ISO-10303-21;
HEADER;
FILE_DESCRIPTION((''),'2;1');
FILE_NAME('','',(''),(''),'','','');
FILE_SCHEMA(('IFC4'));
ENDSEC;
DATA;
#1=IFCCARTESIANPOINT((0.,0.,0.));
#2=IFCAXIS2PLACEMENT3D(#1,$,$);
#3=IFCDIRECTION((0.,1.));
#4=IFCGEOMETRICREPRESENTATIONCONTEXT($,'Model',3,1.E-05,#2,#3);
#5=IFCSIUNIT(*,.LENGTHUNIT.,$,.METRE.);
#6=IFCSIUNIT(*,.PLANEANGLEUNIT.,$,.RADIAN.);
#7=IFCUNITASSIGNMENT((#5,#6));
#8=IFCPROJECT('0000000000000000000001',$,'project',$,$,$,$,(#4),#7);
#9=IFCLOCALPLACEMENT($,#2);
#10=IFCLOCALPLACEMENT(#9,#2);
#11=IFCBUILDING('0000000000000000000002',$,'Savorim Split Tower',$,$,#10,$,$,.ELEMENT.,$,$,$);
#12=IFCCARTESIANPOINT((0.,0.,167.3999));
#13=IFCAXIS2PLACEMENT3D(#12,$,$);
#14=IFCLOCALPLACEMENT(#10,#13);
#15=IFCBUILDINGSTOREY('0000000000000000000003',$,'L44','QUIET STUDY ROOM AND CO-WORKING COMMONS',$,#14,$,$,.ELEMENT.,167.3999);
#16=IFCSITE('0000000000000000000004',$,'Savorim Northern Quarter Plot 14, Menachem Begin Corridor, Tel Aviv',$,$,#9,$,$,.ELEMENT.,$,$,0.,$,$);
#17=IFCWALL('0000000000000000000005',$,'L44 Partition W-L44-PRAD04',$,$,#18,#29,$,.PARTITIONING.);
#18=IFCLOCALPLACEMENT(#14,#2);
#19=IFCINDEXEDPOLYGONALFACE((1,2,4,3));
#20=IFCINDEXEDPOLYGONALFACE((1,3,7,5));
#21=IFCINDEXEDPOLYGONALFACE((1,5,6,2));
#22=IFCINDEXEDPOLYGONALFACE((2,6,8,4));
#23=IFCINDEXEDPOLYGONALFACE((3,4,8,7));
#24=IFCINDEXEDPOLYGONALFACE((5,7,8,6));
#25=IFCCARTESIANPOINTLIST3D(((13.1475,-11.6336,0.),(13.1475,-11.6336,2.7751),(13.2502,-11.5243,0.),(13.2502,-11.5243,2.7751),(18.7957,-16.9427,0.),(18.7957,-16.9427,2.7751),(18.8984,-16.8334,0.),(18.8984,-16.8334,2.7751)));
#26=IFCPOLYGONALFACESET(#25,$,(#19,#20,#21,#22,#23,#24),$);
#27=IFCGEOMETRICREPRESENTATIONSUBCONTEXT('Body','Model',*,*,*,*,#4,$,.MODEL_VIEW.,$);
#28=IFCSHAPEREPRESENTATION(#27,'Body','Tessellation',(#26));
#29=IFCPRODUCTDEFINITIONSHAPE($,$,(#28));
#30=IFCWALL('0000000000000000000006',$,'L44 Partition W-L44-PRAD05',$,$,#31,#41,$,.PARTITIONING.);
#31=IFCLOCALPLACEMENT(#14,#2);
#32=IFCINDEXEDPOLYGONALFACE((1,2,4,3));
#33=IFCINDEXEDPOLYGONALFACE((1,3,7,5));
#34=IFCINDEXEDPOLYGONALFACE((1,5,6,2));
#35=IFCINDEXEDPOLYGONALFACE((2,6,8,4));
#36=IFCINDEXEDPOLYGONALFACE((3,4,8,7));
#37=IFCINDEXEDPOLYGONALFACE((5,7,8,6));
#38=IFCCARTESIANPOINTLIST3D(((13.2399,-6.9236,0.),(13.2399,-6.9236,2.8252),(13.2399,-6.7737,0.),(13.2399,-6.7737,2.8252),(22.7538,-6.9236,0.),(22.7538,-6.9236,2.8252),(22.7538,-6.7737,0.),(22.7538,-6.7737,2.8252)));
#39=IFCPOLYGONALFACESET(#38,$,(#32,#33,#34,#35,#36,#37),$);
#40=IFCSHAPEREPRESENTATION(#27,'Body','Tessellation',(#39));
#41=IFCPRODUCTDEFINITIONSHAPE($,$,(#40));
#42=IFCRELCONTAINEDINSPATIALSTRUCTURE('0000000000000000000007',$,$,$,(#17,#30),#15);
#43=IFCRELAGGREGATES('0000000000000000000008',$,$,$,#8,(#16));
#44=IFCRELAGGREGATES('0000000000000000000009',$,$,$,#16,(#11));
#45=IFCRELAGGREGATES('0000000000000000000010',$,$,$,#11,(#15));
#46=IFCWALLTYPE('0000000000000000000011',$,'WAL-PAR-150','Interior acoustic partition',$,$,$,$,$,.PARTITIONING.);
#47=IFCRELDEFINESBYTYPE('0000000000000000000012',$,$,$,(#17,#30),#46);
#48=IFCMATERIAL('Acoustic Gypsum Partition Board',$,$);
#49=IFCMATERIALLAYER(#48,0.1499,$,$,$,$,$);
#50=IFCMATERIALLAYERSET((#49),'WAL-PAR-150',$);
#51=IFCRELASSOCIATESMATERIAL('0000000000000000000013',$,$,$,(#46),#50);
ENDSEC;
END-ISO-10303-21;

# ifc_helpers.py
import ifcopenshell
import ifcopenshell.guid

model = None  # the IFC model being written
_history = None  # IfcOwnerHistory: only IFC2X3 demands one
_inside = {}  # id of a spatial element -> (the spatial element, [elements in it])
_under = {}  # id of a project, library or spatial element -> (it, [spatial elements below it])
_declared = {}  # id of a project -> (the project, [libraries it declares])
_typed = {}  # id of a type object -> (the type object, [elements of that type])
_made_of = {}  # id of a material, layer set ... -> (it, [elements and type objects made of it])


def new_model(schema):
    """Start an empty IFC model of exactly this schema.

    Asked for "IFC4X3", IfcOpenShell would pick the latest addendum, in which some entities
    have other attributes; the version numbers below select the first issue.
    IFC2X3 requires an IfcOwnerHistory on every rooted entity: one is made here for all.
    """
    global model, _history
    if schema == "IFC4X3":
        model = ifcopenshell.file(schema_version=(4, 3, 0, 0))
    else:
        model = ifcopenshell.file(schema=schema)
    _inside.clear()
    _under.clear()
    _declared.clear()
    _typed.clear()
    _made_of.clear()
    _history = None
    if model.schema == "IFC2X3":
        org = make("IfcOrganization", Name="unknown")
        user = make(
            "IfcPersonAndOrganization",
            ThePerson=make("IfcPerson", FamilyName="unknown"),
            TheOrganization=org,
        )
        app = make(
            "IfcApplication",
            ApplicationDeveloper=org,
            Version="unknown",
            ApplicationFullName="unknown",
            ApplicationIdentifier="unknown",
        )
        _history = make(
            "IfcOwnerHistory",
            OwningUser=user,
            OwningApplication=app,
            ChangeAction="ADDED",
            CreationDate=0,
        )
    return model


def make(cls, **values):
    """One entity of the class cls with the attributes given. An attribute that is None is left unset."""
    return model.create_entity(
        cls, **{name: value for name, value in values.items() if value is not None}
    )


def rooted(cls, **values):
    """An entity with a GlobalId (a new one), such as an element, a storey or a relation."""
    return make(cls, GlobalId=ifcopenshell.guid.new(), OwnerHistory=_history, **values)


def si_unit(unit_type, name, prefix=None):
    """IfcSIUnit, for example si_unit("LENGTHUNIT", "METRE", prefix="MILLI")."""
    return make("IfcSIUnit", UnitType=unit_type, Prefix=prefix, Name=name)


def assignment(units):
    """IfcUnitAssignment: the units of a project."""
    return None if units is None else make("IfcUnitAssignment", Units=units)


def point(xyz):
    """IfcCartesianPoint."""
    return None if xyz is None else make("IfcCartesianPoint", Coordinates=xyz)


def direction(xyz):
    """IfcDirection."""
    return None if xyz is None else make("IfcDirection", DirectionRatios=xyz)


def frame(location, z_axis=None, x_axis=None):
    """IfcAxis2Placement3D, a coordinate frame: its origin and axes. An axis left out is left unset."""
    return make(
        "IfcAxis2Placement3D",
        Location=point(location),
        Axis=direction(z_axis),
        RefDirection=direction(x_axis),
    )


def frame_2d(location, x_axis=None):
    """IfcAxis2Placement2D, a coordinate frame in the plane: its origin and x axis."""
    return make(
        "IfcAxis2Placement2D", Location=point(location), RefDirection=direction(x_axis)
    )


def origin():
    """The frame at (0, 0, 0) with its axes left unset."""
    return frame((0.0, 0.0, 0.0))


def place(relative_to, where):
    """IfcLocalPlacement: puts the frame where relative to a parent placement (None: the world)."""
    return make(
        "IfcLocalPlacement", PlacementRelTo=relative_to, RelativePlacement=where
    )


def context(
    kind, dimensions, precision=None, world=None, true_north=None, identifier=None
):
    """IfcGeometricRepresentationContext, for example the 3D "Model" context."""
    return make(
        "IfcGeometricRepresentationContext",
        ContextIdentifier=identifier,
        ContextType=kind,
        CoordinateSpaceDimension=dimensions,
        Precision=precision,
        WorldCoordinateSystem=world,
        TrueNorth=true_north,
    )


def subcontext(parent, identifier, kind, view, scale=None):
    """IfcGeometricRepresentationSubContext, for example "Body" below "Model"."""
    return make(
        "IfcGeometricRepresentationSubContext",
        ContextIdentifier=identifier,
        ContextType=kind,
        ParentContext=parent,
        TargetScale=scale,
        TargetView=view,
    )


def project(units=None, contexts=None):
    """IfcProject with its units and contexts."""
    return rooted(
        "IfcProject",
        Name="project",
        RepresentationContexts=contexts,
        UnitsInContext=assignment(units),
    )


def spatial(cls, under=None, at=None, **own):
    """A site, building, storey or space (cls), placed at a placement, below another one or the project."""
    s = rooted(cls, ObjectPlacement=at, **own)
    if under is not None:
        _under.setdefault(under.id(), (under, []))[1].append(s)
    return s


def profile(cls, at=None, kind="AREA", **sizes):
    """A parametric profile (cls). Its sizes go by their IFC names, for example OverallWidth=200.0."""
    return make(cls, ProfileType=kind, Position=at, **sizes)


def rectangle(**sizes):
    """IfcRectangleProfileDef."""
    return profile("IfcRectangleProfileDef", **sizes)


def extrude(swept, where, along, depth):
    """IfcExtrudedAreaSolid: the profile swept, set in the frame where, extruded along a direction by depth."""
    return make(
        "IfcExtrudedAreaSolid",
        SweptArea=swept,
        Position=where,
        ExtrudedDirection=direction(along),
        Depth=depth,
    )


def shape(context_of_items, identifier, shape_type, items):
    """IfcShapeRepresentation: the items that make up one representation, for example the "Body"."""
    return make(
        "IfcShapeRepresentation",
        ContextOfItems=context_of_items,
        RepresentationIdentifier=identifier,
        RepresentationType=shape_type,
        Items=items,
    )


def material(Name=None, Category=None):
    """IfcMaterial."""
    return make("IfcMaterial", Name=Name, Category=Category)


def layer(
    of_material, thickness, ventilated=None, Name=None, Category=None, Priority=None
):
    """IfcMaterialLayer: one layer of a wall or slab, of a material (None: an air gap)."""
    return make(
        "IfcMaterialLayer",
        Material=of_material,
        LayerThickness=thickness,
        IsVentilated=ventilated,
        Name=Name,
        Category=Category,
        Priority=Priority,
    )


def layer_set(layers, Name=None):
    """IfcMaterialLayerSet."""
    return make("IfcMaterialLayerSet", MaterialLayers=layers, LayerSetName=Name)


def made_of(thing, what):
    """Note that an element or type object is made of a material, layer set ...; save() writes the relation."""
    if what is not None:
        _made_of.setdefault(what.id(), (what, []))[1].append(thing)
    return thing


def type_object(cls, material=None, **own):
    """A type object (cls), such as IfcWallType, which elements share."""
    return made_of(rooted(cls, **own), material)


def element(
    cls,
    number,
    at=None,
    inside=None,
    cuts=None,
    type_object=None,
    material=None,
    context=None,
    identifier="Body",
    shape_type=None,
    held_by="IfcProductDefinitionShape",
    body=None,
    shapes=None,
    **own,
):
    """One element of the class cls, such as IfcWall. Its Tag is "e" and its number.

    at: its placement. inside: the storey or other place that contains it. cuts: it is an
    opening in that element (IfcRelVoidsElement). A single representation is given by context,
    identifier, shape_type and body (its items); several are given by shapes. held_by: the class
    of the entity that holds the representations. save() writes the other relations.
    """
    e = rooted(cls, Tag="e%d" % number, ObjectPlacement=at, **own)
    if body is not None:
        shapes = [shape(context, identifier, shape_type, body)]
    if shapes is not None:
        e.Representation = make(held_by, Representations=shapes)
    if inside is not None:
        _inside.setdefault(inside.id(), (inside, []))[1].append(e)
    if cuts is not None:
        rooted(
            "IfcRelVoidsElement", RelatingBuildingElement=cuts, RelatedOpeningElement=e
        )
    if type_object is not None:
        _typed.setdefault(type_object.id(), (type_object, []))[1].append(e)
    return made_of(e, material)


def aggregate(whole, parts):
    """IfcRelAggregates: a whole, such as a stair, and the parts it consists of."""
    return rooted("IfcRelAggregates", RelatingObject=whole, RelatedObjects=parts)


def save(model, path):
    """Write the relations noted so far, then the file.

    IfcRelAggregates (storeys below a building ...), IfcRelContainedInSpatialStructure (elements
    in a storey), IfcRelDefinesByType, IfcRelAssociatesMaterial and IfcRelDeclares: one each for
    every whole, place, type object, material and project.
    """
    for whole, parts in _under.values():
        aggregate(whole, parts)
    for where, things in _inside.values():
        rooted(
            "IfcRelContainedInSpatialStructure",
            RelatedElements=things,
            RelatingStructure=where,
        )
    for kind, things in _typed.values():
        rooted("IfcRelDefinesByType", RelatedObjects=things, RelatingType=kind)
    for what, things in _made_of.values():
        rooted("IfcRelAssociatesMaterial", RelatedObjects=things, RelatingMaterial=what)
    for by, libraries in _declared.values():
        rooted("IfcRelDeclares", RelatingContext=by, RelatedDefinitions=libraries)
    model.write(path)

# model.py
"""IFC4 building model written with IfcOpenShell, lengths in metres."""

from ifc_helpers import new_model, si_unit, direction, frame, frame_2d, origin, place, context, subcontext, project, spatial, rectangle, extrude, material, layer, layer_set, type_object, element, save


model = new_model("IFC4")

# Units and contexts
model_context = context("Model", 3, precision=1e-05, world=origin(), true_north=direction((0.0, 1.0)))
body_context = subcontext(model_context, "Body", "Model", "MODEL_VIEW")
ifc_project = project(units=[si_unit("LENGTHUNIT", "METRE"), si_unit("PLANEANGLEUNIT", "RADIAN")], contexts=[model_context])

# Site, building, storey
site_placement = place(None, origin())
site = spatial("IfcSite", under=ifc_project, at=site_placement, Name="Savorim Northern Quarter Plot 14, Menachem Begin Corridor, Tel Aviv", CompositionType="ELEMENT", RefElevation=0.0)
building_placement = place(site_placement, origin())
building = spatial("IfcBuilding", under=site, at=building_placement, Name="Savorim Split Tower", CompositionType="ELEMENT")
storey_placement = place(building_placement, frame((0.0, 0.0, 167.3999)))
storey = spatial("IfcBuildingStorey", under=building, at=storey_placement, Name="L44", Description="QUIET STUDY ROOM AND CO-WORKING COMMONS", CompositionType="ELEMENT", Elevation=167.3999)

# Shared definitions
ifc_material_1 = material(Name="Acoustic Gypsum Partition Board")
ifc_layer_1 = layer(ifc_material_1, 0.1499)
ifc_layer_set_1 = layer_set([ifc_layer_1], Name="WAL-PAR-150")
wall_type_1 = type_object("IfcWallType", Name="WAL-PAR-150", Description="Interior acoustic partition", PredefinedType="PARTITIONING", material=ifc_layer_set_1)

# Walls
wall_1_placement = place(storey_placement, frame((13.1987, -11.5789, 0.0), z_axis=(0.0, 0.0, 1.0), x_axis=(0.728642, -0.684895, 0.0)))
element("IfcWall", 1, at=wall_1_placement, inside=storey, type_object=wall_type_1, Name="L44 Partition W-L44-PRAD04", PredefinedType="PARTITIONING", context=body_context, shape_type="SweptSolid", body=[
    extrude(rectangle(XDim=7.7517, YDim=0.1499, at=frame_2d((3.876, 0.0))), origin(), (0.0, 0.0, 1.0), 2.7751),
])
wall_2_placement = place(storey_placement, frame((13.24, -6.8486, 0.0), z_axis=(0.0, 0.0, 1.0), x_axis=(1.0, 0.0, 0.0)))
element("IfcWall", 2, at=wall_2_placement, inside=storey, type_object=wall_type_1, Name="L44 Partition W-L44-PRAD05", PredefinedType="PARTITIONING", context=body_context, shape_type="SweptSolid", body=[
    extrude(rectangle(XDim=9.5139, YDim=0.1499, at=frame_2d((4.7568, 0.0))), origin(), (0.0, 0.0, 1.0), 2.8252),
])

save(model, "model.ifc")
